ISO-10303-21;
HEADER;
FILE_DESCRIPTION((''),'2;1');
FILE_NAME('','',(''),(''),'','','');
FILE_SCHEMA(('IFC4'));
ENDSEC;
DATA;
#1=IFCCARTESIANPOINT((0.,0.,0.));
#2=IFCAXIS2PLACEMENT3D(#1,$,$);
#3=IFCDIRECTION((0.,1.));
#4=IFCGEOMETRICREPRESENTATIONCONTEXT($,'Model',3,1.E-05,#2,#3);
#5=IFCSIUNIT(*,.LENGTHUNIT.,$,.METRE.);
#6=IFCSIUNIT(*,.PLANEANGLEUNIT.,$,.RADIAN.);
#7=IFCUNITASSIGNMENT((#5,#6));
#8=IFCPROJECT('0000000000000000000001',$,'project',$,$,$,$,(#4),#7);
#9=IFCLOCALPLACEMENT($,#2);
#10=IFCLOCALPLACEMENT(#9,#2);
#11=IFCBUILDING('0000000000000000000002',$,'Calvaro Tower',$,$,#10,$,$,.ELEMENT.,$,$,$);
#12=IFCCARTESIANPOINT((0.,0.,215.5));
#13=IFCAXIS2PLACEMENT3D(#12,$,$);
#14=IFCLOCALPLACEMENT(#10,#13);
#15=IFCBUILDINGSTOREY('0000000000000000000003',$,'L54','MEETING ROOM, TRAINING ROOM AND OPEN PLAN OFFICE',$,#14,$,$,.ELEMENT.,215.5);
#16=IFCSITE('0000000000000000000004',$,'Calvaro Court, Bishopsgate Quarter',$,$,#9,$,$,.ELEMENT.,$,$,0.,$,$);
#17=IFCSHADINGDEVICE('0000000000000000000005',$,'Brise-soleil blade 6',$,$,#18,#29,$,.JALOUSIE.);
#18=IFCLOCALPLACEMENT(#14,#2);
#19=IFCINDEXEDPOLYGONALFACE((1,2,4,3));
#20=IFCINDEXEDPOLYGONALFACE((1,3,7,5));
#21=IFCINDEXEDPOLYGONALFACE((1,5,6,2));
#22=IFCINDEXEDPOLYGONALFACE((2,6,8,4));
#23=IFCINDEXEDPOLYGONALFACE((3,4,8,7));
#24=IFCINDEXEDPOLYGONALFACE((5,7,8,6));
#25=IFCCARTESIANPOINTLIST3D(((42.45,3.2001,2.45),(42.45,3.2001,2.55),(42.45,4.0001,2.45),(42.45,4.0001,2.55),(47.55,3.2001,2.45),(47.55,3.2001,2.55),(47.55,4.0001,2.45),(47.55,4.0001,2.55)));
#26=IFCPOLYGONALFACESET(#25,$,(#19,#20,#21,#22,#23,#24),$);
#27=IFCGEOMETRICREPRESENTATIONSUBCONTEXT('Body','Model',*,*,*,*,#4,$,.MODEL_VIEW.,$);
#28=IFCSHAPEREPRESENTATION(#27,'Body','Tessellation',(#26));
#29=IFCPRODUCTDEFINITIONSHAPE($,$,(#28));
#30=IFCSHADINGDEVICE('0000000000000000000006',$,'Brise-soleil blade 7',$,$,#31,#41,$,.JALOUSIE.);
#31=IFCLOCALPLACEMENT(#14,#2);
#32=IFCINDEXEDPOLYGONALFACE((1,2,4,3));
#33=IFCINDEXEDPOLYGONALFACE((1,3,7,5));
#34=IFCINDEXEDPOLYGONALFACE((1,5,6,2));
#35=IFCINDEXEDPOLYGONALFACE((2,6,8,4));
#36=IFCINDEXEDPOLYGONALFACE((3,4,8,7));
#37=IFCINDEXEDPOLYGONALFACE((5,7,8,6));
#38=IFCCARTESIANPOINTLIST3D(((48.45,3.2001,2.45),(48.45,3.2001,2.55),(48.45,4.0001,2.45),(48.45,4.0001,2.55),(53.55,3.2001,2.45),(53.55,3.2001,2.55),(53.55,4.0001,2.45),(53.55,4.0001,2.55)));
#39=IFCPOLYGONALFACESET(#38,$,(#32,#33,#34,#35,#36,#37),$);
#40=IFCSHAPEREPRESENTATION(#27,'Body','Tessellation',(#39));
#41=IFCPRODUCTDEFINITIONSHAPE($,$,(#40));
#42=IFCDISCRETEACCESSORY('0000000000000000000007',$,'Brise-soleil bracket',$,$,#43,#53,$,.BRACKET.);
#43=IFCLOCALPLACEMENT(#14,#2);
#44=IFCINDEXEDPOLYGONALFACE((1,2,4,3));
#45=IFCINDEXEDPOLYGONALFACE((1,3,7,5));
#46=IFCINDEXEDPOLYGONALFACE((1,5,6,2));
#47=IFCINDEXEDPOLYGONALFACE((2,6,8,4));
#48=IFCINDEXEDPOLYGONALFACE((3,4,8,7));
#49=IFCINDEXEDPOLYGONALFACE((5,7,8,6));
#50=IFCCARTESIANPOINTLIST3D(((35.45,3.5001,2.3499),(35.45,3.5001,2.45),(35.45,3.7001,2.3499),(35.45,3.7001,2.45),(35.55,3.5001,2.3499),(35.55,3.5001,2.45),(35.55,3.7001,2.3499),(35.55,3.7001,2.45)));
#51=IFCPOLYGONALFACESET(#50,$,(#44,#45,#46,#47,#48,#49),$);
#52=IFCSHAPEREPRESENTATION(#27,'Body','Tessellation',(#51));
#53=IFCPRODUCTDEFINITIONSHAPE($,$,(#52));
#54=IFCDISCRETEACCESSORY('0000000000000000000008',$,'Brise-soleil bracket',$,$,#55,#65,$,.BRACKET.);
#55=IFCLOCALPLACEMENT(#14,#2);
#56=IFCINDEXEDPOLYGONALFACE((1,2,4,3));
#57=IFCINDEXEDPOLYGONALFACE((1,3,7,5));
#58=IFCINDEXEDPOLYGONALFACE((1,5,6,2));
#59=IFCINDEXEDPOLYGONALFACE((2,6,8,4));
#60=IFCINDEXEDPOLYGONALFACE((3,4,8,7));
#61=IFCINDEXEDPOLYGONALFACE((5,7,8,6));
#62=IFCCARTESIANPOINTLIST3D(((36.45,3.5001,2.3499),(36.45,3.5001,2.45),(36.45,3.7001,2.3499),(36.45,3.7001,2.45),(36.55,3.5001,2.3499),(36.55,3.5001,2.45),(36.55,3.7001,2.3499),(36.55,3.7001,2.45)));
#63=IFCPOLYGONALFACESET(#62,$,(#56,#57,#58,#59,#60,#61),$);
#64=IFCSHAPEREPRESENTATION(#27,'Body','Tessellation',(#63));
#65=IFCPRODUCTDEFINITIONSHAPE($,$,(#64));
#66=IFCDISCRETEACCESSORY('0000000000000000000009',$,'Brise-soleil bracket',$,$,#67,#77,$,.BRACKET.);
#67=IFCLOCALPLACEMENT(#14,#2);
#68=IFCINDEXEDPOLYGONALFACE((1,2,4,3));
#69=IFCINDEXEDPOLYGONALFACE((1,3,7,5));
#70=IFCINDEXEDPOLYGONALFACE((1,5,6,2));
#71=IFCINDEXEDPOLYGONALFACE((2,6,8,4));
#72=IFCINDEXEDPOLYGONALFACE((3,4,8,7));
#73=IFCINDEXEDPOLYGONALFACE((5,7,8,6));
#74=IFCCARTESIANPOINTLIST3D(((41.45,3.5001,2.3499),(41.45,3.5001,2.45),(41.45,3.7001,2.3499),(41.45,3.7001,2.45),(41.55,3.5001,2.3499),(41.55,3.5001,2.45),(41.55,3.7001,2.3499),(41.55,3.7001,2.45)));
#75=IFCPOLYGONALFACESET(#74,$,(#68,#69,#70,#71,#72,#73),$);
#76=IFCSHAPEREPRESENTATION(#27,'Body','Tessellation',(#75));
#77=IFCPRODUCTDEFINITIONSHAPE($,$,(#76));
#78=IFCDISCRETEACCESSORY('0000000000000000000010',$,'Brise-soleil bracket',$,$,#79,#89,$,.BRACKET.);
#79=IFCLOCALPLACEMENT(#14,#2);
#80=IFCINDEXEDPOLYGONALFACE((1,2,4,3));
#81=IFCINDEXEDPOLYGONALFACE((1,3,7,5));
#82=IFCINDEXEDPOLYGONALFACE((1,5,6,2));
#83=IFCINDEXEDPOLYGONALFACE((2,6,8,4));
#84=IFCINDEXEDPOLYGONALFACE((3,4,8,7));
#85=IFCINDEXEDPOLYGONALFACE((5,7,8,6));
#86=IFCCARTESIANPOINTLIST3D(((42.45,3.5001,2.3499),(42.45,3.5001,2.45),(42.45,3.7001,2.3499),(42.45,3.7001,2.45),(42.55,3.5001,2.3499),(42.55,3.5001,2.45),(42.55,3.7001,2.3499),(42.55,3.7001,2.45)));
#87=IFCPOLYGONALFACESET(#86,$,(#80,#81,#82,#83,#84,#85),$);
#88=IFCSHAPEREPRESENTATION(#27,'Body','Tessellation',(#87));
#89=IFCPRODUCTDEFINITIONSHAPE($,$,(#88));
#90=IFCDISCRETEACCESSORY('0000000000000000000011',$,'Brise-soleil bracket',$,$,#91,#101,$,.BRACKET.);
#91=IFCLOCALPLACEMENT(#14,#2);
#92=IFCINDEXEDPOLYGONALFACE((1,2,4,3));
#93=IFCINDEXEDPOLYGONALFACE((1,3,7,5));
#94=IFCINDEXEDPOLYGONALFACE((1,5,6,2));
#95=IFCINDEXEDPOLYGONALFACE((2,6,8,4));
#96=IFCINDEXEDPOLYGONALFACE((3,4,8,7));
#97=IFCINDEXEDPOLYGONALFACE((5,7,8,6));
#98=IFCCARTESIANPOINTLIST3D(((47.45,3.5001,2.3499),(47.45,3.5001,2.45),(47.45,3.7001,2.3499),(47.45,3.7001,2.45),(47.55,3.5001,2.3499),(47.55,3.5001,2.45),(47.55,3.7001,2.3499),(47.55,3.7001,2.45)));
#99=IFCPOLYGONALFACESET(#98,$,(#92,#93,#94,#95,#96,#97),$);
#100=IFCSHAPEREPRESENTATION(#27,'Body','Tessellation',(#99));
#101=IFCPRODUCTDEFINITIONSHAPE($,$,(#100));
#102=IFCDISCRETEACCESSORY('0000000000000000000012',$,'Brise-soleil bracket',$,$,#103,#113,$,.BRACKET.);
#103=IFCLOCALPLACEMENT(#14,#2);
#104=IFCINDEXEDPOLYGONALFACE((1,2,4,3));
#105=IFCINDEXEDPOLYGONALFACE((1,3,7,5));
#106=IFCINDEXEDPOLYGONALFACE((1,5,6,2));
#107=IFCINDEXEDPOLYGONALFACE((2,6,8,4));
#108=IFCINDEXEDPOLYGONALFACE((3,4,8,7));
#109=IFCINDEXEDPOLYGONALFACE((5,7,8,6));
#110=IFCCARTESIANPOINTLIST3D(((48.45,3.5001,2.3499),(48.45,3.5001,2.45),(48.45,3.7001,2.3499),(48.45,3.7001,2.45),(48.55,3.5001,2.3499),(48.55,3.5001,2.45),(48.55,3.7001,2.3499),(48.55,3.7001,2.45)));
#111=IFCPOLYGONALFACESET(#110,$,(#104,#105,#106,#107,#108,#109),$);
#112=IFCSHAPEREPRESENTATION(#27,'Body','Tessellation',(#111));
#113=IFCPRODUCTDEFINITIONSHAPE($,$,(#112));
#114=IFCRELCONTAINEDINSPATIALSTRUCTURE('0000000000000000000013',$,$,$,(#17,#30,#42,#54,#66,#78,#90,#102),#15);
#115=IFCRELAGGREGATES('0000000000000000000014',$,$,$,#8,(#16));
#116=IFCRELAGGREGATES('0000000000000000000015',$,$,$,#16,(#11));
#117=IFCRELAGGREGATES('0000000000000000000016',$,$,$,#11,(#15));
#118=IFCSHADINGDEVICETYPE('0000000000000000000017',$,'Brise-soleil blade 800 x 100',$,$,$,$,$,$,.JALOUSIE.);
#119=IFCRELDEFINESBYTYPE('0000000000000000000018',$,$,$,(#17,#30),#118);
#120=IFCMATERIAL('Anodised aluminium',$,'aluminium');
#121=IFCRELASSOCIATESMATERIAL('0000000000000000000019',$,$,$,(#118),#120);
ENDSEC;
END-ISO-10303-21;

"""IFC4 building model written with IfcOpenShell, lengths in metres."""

from ifc_helpers import new_model, si_unit, direction, frame, origin, origin_2d, place, context, subcontext, project, spatial, rectangle, extrude, material, material_profile, profile_set, type_object, element, save


model = new_model("IFC4")

# Units and contexts
model_context = context("Model", 3, precision=1e-05, world=origin(), true_north=direction((0.0, 1.0)))
body_context = subcontext(model_context, "Body", "Model", "MODEL_VIEW")
ifc_project = project(units=[si_unit("LENGTHUNIT", "METRE"), si_unit("PLANEANGLEUNIT", "RADIAN")], contexts=[model_context])

# Site, building, storey
site_placement = place(None, origin())
site = spatial("IfcSite", under=ifc_project, at=site_placement, Name="Calvaro Court, Bishopsgate Quarter", CompositionType="ELEMENT", RefElevation=0.0)
building_placement = place(site_placement, origin())
building = spatial("IfcBuilding", under=site, at=building_placement, Name="Calvaro Tower", CompositionType="ELEMENT")
storey_placement = place(building_placement, frame((0.0, 0.0, 215.5)))
storey = spatial("IfcBuildingStorey", under=building, at=storey_placement, Name="L54", Description="MEETING ROOM, TRAINING ROOM AND OPEN PLAN OFFICE", CompositionType="ELEMENT", Elevation=215.5)

# Shading devices
ifc_material_1 = material(Name="Anodised aluminium", Category="aluminium")
ifc_material_profile_1 = material_profile(ifc_material_1, rectangle(XDim=0.8, YDim=0.1001, at=origin_2d()), Name="Brise-soleil blade 800 x 100")
ifc_profile_set_1 = profile_set([ifc_material_profile_1], Name="Anodised aluminium")
shading_device_type = type_object("IfcShadingDeviceType", Name="Brise-soleil blade 800 x 100", PredefinedType="JALOUSIE", material=ifc_profile_set_1)
for number, where, z_axis, x_axis, name in (
    (1, (42.45, 3.6001, 2.5), (1.0, 0.0, 0.0), (0.0, 1.0, 0.0), "Brise-soleil blade 6"),
    (2, (48.45, 3.6001, 2.5), (1.0, 0.0, 0.0), (0.0, 1.0, 0.0), "Brise-soleil blade 7"),
):
    element("IfcShadingDevice", number, at=place(storey_placement, frame(where, z_axis=z_axis, x_axis=x_axis)), inside=storey, type_object=shading_device_type, Name=name, PredefinedType="JALOUSIE", context=body_context, shape_type="SweptSolid", body=[
        extrude(rectangle(XDim=0.8, YDim=0.1001, at=origin_2d()), origin(), (0.0, 0.0, 1.0), 5.1001),
    ])

# Discrete accessories
for number, where, z_axis, x_axis, name in (
    (3, (35.5, 3.6001, 2.3499), (0.0, 0.0, 1.0), (1.0, 0.0, 0.0), "Brise-soleil bracket"),
    (4, (36.5, 3.6001, 2.3499), (0.0, 0.0, 1.0), (1.0, 0.0, 0.0), "Brise-soleil bracket"),
    (5, (41.5, 3.6001, 2.3499), (0.0, 0.0, 1.0), (1.0, 0.0, 0.0), "Brise-soleil bracket"),
    (6, (42.5, 3.6001, 2.3499), (0.0, 0.0, 1.0), (1.0, 0.0, 0.0), "Brise-soleil bracket"),
    (7, (47.5, 3.6001, 2.3499), (0.0, 0.0, 1.0), (1.0, 0.0, 0.0), "Brise-soleil bracket"),
    (8, (48.5, 3.6001, 2.3499), (0.0, 0.0, 1.0), (1.0, 0.0, 0.0), "Brise-soleil bracket"),
):
    element("IfcDiscreteAccessory", number, at=place(storey_placement, frame(where, z_axis=z_axis, x_axis=x_axis)), inside=storey, Name=name, PredefinedType="BRACKET", context=body_context, shape_type="SweptSolid", body=[
        extrude(rectangle(XDim=0.1001, YDim=0.2, at=origin_2d()), origin(), (0.0, 0.0, 1.0), 0.1001),
    ])

save(model, "model.ifc")
